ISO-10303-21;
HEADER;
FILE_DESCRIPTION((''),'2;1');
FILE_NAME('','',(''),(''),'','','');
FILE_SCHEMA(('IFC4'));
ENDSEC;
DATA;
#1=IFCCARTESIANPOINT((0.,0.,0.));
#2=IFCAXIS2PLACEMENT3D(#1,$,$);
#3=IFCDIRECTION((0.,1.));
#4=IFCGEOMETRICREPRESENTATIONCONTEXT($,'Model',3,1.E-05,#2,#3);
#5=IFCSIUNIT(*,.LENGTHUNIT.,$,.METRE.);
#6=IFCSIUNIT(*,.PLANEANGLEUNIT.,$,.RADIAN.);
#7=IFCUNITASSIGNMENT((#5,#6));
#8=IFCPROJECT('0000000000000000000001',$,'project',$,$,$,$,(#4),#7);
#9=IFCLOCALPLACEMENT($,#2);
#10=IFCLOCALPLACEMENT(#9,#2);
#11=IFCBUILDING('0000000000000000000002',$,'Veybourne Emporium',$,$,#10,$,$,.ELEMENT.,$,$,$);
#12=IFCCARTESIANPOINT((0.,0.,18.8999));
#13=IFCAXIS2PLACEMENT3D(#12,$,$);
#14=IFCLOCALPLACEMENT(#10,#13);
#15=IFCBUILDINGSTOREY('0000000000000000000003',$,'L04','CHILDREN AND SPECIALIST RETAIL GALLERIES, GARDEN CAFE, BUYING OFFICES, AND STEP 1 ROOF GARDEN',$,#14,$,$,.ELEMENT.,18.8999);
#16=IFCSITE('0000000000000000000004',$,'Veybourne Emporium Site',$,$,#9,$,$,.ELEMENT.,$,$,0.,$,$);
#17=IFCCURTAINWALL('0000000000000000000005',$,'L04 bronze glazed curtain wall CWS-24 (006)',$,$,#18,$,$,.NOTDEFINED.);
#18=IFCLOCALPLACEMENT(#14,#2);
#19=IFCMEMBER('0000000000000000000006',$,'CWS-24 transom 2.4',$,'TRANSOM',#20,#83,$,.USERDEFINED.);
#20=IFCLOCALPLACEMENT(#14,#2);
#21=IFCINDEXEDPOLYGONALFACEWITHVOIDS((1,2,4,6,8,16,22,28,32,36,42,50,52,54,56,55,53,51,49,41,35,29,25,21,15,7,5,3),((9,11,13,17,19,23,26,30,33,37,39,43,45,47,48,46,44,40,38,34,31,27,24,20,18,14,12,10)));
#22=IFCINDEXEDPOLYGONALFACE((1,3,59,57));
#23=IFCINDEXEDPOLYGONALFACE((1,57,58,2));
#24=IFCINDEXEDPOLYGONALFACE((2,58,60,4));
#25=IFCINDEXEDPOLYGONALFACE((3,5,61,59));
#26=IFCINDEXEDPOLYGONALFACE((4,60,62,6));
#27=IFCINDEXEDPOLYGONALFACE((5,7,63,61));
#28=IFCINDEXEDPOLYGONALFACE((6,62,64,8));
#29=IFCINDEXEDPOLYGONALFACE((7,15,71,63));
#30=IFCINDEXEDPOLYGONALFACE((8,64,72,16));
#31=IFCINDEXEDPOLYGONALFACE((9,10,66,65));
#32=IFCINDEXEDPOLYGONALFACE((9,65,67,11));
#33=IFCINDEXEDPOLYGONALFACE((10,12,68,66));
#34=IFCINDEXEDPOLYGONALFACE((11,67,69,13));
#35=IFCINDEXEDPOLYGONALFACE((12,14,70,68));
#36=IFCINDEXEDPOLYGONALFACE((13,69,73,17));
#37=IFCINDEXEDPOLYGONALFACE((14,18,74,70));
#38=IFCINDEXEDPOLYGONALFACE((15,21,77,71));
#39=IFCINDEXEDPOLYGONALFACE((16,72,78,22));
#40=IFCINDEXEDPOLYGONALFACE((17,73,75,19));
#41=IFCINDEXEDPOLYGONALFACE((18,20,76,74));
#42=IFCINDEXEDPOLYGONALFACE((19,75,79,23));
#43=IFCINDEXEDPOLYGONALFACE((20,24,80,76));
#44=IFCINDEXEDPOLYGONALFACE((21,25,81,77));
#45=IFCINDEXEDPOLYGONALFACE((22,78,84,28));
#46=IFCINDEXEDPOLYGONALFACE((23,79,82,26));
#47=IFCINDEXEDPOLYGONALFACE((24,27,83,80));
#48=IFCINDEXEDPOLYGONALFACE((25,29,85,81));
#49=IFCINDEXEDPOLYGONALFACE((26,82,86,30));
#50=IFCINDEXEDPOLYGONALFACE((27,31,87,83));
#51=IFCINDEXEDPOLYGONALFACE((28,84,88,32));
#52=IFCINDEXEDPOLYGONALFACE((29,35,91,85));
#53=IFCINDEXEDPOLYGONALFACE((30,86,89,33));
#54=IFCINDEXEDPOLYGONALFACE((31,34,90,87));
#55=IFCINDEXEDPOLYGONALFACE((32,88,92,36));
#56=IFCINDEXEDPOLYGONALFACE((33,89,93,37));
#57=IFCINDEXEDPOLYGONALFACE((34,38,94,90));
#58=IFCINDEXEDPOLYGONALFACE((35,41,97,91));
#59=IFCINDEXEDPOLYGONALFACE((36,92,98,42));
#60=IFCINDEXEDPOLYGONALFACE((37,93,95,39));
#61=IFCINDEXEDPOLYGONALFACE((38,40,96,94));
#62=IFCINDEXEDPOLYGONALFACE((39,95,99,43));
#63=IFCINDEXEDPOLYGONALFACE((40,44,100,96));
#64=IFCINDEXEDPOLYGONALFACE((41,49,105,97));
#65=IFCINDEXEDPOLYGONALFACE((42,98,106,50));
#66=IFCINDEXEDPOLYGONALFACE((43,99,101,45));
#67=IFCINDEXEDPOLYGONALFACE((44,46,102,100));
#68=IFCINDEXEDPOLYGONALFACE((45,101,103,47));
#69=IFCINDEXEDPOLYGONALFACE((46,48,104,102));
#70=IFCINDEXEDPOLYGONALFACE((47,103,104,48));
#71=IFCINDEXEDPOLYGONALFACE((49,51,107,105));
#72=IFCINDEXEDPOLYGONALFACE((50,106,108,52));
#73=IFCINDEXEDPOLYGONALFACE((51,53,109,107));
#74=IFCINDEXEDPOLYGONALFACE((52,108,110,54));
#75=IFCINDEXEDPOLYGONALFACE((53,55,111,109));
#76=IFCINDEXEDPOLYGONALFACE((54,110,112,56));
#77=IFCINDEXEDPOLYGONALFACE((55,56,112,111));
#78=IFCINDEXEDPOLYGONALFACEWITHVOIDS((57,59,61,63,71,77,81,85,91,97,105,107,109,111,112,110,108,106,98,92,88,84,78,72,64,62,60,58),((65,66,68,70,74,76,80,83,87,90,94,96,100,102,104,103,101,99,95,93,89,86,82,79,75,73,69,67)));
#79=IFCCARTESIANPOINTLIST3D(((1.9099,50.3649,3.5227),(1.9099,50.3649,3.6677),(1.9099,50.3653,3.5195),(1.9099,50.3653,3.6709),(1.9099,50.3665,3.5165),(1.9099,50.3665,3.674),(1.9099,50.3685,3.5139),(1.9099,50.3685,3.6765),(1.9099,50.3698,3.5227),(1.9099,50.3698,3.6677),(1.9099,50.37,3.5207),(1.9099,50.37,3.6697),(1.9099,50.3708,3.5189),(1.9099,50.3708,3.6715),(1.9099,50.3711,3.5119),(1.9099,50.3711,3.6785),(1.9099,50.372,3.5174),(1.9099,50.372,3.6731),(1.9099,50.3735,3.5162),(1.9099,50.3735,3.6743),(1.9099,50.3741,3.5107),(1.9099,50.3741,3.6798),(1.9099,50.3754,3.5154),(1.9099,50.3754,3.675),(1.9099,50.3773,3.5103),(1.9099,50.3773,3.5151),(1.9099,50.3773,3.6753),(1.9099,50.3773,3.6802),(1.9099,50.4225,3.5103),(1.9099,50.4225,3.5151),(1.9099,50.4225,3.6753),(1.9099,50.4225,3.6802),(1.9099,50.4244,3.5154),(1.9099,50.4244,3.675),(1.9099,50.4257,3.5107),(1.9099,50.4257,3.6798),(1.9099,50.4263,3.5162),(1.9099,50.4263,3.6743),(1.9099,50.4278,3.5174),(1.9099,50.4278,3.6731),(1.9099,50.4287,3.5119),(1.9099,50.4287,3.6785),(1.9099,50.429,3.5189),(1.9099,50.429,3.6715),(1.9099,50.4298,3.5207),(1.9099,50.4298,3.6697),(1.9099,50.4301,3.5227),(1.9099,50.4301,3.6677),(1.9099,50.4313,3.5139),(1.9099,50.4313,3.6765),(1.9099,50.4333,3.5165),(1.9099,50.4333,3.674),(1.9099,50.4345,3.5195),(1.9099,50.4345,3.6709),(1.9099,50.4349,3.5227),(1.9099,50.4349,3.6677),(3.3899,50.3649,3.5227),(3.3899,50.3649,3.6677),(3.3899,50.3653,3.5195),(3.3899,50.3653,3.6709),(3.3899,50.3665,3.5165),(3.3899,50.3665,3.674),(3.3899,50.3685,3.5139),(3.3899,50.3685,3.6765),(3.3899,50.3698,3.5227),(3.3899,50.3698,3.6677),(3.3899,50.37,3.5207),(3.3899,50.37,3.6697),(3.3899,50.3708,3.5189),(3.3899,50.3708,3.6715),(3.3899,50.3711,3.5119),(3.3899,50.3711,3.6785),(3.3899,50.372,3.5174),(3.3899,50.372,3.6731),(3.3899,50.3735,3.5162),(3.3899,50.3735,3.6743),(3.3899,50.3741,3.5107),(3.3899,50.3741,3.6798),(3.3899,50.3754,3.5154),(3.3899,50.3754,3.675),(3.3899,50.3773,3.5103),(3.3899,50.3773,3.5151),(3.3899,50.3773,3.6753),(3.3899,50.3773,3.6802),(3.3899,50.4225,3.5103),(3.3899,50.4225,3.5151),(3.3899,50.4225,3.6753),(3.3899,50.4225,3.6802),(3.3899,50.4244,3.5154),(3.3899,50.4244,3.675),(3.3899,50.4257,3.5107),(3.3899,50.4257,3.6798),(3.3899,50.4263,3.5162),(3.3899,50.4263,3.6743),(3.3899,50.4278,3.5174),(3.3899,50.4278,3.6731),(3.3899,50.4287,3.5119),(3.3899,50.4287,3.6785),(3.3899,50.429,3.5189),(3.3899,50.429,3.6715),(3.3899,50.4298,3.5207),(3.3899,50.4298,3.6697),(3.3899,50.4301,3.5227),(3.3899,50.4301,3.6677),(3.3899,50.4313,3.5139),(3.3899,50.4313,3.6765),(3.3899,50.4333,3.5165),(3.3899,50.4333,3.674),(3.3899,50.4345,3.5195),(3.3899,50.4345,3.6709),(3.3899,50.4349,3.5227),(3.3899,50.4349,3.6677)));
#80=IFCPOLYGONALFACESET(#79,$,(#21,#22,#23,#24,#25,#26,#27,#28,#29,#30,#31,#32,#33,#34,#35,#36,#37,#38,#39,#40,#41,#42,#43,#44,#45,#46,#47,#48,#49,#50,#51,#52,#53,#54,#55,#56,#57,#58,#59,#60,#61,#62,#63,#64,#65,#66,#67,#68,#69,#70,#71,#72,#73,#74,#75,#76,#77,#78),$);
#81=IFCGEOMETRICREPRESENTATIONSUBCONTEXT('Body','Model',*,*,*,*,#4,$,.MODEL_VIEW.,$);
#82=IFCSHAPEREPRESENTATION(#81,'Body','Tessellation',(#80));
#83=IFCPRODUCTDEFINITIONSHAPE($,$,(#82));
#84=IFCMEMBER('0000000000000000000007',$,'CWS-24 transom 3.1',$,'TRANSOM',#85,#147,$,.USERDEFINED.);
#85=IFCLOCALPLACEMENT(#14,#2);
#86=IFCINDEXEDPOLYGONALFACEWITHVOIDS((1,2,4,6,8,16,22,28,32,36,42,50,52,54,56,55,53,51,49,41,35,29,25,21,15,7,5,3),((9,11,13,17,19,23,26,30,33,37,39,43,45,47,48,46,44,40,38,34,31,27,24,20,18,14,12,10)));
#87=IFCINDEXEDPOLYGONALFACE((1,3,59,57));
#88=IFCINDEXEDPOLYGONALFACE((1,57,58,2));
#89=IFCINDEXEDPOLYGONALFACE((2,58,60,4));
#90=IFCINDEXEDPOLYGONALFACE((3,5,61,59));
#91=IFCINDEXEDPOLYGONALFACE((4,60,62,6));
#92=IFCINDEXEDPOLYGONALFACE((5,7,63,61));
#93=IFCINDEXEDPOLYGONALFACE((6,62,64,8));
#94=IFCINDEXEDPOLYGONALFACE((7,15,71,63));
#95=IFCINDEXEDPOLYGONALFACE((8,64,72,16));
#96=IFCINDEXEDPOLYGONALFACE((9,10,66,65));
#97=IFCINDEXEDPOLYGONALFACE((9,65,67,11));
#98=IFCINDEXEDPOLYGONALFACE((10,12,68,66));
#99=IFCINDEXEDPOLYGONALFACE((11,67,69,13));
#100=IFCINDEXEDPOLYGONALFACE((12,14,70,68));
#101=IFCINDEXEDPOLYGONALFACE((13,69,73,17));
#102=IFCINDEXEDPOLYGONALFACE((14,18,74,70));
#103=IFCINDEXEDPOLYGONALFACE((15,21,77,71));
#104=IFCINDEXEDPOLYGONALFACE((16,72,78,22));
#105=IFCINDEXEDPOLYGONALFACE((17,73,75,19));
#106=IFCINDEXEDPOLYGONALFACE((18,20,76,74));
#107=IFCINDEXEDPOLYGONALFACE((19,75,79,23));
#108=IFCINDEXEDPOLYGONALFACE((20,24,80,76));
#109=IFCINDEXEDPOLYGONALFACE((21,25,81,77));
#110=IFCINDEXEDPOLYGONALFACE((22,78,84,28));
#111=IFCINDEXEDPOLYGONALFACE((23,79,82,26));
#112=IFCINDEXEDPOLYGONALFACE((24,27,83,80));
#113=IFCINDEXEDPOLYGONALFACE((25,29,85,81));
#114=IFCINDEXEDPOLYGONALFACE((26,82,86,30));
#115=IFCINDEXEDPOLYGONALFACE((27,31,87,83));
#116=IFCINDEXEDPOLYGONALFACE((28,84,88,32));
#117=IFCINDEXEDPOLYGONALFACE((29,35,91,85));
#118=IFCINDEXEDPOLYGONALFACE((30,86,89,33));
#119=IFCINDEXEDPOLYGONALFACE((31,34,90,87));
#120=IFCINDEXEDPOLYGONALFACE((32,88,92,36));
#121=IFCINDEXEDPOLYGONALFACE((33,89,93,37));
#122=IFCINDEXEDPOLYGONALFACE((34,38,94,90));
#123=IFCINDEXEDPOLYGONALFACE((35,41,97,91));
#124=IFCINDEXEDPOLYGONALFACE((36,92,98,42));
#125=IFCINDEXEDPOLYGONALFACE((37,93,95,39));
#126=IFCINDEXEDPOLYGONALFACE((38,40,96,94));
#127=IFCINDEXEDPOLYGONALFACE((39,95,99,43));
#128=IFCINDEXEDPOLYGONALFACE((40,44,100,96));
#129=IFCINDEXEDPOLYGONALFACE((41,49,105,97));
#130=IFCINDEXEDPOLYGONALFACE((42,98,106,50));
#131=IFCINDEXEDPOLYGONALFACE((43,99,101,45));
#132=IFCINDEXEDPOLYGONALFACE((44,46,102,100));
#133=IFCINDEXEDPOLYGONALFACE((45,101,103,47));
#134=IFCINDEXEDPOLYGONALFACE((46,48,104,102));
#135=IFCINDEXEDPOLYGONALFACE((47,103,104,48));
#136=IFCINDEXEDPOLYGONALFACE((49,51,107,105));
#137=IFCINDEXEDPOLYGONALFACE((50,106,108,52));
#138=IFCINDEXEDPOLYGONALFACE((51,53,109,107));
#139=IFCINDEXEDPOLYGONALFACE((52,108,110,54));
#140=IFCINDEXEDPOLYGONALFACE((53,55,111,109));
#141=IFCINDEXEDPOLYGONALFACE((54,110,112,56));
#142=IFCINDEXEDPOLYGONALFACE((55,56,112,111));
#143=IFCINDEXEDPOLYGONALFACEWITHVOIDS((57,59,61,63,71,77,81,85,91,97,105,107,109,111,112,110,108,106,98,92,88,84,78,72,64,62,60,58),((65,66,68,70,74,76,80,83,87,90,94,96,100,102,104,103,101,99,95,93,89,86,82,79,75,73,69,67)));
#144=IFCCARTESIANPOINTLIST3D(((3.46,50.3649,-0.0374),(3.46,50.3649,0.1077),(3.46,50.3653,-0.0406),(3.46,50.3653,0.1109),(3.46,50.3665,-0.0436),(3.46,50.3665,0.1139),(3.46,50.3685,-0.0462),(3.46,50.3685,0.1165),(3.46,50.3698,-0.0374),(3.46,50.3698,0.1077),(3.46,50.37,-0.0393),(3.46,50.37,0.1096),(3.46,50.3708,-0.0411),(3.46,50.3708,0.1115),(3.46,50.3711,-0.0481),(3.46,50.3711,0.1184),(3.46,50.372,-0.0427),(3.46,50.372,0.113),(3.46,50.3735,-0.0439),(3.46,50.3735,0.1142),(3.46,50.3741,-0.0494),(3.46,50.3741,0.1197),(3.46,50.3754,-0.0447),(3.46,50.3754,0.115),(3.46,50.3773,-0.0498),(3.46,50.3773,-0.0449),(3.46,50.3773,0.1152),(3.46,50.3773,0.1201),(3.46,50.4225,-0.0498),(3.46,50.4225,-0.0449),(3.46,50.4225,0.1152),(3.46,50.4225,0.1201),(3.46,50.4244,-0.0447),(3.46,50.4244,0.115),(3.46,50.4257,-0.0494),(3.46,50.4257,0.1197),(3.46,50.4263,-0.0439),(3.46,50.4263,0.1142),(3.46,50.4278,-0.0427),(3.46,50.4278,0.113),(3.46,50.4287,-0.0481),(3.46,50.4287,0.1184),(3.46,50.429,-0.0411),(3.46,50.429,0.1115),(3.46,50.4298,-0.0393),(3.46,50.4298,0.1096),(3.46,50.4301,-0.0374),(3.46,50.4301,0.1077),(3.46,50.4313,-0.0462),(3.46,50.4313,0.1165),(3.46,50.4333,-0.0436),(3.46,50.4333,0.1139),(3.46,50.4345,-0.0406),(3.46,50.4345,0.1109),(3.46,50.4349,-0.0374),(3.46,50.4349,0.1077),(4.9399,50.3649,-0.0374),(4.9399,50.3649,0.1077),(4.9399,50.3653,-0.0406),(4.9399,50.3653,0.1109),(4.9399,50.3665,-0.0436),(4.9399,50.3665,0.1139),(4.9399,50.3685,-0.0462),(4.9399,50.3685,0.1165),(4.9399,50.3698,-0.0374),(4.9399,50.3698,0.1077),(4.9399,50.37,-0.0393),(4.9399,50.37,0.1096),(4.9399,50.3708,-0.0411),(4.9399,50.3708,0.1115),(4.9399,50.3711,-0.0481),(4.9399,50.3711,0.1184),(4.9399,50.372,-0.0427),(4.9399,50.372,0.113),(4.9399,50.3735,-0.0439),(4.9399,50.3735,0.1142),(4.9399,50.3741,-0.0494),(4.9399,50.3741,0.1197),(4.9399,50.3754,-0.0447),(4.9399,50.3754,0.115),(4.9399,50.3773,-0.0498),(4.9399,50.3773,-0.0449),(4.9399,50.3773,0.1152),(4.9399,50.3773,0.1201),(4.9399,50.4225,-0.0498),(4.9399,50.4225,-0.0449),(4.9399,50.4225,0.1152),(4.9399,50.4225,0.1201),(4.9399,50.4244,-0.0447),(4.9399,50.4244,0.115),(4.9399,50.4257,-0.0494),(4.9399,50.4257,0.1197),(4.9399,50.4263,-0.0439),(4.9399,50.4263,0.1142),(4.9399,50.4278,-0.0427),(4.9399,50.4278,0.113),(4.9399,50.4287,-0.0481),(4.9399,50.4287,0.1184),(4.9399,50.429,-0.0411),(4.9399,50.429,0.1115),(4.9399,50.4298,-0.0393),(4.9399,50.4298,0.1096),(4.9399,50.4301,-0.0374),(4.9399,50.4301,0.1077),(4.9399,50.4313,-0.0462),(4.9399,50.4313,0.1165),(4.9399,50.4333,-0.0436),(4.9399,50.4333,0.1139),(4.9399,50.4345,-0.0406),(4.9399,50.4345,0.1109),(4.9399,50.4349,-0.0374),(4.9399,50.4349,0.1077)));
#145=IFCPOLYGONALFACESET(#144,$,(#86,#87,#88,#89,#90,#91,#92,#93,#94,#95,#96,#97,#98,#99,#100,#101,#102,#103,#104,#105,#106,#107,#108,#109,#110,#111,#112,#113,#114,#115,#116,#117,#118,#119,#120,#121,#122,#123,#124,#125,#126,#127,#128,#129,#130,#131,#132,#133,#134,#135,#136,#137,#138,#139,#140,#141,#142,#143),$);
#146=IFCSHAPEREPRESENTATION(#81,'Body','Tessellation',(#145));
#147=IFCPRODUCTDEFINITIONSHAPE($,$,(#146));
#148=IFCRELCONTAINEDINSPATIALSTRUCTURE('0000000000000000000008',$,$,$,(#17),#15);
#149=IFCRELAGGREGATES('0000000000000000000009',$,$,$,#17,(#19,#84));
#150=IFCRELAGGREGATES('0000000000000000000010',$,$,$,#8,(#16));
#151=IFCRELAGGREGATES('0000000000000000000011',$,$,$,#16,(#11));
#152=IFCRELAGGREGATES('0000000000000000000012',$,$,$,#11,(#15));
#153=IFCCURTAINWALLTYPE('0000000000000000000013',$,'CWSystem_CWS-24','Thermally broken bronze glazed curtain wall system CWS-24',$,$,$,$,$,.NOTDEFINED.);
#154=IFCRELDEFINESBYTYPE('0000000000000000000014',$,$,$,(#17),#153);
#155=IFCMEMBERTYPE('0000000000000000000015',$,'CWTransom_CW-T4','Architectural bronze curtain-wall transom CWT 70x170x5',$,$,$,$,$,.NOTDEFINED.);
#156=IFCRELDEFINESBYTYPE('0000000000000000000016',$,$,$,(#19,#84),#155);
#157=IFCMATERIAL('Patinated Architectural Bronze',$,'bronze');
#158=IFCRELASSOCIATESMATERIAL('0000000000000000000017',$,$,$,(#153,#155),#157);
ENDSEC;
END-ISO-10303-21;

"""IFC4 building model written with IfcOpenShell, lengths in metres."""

from ifc_helpers import new_model, si_unit, direction, frame, origin, origin_2d, place, context, subcontext, project, spatial, hollow_rectangle, extrude, material, material_profile, profile_set, type_object, element, aggregate, save


model = new_model("IFC4")

# Units and contexts
model_context = context("Model", 3, precision=1e-05, world=origin(), true_north=direction((0.0, 1.0)))
body_context = subcontext(model_context, "Body", "Model", "MODEL_VIEW")
ifc_project = project(units=[si_unit("LENGTHUNIT", "METRE"), si_unit("PLANEANGLEUNIT", "RADIAN")], contexts=[model_context])

# Site, building, storey
site_placement = place(None, origin())
site = spatial("IfcSite", under=ifc_project, at=site_placement, Name="Veybourne Emporium Site", CompositionType="ELEMENT", RefElevation=0.0)
building_placement = place(site_placement, origin())
building = spatial("IfcBuilding", under=site, at=building_placement, Name="Veybourne Emporium", CompositionType="ELEMENT")
storey_placement = place(building_placement, frame((0.0, 0.0, 18.8999)))
storey = spatial("IfcBuildingStorey", under=building, at=storey_placement, Name="L04", Description="CHILDREN AND SPECIALIST RETAIL GALLERIES, GARDEN CAFE, BUYING OFFICES, AND STEP 1 ROOF GARDEN", CompositionType="ELEMENT", Elevation=18.8999)

# Curtain wall, members
ifc_material_1 = material(Name="Patinated Architectural Bronze", Category="bronze")
curtain_wall_type = type_object("IfcCurtainWallType", Name="CWSystem_CWS-24", Description="Thermally broken bronze glazed curtain wall system CWS-24", PredefinedType="NOTDEFINED", material=ifc_material_1)
curtain_wall_placement = place(storey_placement, origin())
curtain_wall = element("IfcCurtainWall", 1, at=curtain_wall_placement, inside=storey, type_object=curtain_wall_type, Name="L04 bronze glazed curtain wall CWS-24 (006)", PredefinedType="NOTDEFINED")
ifc_material_profile_1 = material_profile(ifc_material_1, hollow_rectangle(XDim=0.0701, YDim=0.1699, WallThickness=0.0049, InnerFilletRadius=0.0076, OuterFilletRadius=0.0125, at=origin_2d()), Name="CWT 70x170x5")
ifc_profile_set_1 = profile_set([ifc_material_profile_1], Name="Patinated Architectural Bronze")
member_type_1 = type_object("IfcMemberType", Name="CWTransom_CW-T4", Description="Architectural bronze curtain-wall transom CWT 70x170x5", PredefinedType="NOTDEFINED", material=ifc_profile_set_1)
member_1_placement = place(storey_placement, frame((1.9099, 50.3999, 3.5952), z_axis=(1.0, 0.0, 0.0), x_axis=(0.0, 1.0, 0.0)))
member_1 = element("IfcMember", 2, at=member_1_placement, type_object=member_type_1, Name="CWS-24 transom 2.4", ObjectType="TRANSOM", PredefinedType="USERDEFINED", context=body_context, shape_type="SweptSolid", body=[
    extrude(hollow_rectangle(XDim=0.0701, YDim=0.1699, WallThickness=0.0049, InnerFilletRadius=0.0076, OuterFilletRadius=0.0125, at=origin_2d()), origin(), (0.0, 0.0, 1.0), 1.48),
])
member_2_placement = place(storey_placement, frame((3.46, 50.3999, 0.0352), z_axis=(1.0, 0.0, 0.0), x_axis=(0.0, 1.0, 0.0)))
member_2 = element("IfcMember", 3, at=member_2_placement, type_object=member_type_1, Name="CWS-24 transom 3.1", ObjectType="TRANSOM", PredefinedType="USERDEFINED", context=body_context, shape_type="SweptSolid", body=[
    extrude(hollow_rectangle(XDim=0.0701, YDim=0.1699, WallThickness=0.0049, InnerFilletRadius=0.0076, OuterFilletRadius=0.0125, at=origin_2d()), origin(), (0.0, 0.0, 1.0), 1.48),
])

aggregate(curtain_wall, [member_1, member_2])

save(model, "model.ifc")
